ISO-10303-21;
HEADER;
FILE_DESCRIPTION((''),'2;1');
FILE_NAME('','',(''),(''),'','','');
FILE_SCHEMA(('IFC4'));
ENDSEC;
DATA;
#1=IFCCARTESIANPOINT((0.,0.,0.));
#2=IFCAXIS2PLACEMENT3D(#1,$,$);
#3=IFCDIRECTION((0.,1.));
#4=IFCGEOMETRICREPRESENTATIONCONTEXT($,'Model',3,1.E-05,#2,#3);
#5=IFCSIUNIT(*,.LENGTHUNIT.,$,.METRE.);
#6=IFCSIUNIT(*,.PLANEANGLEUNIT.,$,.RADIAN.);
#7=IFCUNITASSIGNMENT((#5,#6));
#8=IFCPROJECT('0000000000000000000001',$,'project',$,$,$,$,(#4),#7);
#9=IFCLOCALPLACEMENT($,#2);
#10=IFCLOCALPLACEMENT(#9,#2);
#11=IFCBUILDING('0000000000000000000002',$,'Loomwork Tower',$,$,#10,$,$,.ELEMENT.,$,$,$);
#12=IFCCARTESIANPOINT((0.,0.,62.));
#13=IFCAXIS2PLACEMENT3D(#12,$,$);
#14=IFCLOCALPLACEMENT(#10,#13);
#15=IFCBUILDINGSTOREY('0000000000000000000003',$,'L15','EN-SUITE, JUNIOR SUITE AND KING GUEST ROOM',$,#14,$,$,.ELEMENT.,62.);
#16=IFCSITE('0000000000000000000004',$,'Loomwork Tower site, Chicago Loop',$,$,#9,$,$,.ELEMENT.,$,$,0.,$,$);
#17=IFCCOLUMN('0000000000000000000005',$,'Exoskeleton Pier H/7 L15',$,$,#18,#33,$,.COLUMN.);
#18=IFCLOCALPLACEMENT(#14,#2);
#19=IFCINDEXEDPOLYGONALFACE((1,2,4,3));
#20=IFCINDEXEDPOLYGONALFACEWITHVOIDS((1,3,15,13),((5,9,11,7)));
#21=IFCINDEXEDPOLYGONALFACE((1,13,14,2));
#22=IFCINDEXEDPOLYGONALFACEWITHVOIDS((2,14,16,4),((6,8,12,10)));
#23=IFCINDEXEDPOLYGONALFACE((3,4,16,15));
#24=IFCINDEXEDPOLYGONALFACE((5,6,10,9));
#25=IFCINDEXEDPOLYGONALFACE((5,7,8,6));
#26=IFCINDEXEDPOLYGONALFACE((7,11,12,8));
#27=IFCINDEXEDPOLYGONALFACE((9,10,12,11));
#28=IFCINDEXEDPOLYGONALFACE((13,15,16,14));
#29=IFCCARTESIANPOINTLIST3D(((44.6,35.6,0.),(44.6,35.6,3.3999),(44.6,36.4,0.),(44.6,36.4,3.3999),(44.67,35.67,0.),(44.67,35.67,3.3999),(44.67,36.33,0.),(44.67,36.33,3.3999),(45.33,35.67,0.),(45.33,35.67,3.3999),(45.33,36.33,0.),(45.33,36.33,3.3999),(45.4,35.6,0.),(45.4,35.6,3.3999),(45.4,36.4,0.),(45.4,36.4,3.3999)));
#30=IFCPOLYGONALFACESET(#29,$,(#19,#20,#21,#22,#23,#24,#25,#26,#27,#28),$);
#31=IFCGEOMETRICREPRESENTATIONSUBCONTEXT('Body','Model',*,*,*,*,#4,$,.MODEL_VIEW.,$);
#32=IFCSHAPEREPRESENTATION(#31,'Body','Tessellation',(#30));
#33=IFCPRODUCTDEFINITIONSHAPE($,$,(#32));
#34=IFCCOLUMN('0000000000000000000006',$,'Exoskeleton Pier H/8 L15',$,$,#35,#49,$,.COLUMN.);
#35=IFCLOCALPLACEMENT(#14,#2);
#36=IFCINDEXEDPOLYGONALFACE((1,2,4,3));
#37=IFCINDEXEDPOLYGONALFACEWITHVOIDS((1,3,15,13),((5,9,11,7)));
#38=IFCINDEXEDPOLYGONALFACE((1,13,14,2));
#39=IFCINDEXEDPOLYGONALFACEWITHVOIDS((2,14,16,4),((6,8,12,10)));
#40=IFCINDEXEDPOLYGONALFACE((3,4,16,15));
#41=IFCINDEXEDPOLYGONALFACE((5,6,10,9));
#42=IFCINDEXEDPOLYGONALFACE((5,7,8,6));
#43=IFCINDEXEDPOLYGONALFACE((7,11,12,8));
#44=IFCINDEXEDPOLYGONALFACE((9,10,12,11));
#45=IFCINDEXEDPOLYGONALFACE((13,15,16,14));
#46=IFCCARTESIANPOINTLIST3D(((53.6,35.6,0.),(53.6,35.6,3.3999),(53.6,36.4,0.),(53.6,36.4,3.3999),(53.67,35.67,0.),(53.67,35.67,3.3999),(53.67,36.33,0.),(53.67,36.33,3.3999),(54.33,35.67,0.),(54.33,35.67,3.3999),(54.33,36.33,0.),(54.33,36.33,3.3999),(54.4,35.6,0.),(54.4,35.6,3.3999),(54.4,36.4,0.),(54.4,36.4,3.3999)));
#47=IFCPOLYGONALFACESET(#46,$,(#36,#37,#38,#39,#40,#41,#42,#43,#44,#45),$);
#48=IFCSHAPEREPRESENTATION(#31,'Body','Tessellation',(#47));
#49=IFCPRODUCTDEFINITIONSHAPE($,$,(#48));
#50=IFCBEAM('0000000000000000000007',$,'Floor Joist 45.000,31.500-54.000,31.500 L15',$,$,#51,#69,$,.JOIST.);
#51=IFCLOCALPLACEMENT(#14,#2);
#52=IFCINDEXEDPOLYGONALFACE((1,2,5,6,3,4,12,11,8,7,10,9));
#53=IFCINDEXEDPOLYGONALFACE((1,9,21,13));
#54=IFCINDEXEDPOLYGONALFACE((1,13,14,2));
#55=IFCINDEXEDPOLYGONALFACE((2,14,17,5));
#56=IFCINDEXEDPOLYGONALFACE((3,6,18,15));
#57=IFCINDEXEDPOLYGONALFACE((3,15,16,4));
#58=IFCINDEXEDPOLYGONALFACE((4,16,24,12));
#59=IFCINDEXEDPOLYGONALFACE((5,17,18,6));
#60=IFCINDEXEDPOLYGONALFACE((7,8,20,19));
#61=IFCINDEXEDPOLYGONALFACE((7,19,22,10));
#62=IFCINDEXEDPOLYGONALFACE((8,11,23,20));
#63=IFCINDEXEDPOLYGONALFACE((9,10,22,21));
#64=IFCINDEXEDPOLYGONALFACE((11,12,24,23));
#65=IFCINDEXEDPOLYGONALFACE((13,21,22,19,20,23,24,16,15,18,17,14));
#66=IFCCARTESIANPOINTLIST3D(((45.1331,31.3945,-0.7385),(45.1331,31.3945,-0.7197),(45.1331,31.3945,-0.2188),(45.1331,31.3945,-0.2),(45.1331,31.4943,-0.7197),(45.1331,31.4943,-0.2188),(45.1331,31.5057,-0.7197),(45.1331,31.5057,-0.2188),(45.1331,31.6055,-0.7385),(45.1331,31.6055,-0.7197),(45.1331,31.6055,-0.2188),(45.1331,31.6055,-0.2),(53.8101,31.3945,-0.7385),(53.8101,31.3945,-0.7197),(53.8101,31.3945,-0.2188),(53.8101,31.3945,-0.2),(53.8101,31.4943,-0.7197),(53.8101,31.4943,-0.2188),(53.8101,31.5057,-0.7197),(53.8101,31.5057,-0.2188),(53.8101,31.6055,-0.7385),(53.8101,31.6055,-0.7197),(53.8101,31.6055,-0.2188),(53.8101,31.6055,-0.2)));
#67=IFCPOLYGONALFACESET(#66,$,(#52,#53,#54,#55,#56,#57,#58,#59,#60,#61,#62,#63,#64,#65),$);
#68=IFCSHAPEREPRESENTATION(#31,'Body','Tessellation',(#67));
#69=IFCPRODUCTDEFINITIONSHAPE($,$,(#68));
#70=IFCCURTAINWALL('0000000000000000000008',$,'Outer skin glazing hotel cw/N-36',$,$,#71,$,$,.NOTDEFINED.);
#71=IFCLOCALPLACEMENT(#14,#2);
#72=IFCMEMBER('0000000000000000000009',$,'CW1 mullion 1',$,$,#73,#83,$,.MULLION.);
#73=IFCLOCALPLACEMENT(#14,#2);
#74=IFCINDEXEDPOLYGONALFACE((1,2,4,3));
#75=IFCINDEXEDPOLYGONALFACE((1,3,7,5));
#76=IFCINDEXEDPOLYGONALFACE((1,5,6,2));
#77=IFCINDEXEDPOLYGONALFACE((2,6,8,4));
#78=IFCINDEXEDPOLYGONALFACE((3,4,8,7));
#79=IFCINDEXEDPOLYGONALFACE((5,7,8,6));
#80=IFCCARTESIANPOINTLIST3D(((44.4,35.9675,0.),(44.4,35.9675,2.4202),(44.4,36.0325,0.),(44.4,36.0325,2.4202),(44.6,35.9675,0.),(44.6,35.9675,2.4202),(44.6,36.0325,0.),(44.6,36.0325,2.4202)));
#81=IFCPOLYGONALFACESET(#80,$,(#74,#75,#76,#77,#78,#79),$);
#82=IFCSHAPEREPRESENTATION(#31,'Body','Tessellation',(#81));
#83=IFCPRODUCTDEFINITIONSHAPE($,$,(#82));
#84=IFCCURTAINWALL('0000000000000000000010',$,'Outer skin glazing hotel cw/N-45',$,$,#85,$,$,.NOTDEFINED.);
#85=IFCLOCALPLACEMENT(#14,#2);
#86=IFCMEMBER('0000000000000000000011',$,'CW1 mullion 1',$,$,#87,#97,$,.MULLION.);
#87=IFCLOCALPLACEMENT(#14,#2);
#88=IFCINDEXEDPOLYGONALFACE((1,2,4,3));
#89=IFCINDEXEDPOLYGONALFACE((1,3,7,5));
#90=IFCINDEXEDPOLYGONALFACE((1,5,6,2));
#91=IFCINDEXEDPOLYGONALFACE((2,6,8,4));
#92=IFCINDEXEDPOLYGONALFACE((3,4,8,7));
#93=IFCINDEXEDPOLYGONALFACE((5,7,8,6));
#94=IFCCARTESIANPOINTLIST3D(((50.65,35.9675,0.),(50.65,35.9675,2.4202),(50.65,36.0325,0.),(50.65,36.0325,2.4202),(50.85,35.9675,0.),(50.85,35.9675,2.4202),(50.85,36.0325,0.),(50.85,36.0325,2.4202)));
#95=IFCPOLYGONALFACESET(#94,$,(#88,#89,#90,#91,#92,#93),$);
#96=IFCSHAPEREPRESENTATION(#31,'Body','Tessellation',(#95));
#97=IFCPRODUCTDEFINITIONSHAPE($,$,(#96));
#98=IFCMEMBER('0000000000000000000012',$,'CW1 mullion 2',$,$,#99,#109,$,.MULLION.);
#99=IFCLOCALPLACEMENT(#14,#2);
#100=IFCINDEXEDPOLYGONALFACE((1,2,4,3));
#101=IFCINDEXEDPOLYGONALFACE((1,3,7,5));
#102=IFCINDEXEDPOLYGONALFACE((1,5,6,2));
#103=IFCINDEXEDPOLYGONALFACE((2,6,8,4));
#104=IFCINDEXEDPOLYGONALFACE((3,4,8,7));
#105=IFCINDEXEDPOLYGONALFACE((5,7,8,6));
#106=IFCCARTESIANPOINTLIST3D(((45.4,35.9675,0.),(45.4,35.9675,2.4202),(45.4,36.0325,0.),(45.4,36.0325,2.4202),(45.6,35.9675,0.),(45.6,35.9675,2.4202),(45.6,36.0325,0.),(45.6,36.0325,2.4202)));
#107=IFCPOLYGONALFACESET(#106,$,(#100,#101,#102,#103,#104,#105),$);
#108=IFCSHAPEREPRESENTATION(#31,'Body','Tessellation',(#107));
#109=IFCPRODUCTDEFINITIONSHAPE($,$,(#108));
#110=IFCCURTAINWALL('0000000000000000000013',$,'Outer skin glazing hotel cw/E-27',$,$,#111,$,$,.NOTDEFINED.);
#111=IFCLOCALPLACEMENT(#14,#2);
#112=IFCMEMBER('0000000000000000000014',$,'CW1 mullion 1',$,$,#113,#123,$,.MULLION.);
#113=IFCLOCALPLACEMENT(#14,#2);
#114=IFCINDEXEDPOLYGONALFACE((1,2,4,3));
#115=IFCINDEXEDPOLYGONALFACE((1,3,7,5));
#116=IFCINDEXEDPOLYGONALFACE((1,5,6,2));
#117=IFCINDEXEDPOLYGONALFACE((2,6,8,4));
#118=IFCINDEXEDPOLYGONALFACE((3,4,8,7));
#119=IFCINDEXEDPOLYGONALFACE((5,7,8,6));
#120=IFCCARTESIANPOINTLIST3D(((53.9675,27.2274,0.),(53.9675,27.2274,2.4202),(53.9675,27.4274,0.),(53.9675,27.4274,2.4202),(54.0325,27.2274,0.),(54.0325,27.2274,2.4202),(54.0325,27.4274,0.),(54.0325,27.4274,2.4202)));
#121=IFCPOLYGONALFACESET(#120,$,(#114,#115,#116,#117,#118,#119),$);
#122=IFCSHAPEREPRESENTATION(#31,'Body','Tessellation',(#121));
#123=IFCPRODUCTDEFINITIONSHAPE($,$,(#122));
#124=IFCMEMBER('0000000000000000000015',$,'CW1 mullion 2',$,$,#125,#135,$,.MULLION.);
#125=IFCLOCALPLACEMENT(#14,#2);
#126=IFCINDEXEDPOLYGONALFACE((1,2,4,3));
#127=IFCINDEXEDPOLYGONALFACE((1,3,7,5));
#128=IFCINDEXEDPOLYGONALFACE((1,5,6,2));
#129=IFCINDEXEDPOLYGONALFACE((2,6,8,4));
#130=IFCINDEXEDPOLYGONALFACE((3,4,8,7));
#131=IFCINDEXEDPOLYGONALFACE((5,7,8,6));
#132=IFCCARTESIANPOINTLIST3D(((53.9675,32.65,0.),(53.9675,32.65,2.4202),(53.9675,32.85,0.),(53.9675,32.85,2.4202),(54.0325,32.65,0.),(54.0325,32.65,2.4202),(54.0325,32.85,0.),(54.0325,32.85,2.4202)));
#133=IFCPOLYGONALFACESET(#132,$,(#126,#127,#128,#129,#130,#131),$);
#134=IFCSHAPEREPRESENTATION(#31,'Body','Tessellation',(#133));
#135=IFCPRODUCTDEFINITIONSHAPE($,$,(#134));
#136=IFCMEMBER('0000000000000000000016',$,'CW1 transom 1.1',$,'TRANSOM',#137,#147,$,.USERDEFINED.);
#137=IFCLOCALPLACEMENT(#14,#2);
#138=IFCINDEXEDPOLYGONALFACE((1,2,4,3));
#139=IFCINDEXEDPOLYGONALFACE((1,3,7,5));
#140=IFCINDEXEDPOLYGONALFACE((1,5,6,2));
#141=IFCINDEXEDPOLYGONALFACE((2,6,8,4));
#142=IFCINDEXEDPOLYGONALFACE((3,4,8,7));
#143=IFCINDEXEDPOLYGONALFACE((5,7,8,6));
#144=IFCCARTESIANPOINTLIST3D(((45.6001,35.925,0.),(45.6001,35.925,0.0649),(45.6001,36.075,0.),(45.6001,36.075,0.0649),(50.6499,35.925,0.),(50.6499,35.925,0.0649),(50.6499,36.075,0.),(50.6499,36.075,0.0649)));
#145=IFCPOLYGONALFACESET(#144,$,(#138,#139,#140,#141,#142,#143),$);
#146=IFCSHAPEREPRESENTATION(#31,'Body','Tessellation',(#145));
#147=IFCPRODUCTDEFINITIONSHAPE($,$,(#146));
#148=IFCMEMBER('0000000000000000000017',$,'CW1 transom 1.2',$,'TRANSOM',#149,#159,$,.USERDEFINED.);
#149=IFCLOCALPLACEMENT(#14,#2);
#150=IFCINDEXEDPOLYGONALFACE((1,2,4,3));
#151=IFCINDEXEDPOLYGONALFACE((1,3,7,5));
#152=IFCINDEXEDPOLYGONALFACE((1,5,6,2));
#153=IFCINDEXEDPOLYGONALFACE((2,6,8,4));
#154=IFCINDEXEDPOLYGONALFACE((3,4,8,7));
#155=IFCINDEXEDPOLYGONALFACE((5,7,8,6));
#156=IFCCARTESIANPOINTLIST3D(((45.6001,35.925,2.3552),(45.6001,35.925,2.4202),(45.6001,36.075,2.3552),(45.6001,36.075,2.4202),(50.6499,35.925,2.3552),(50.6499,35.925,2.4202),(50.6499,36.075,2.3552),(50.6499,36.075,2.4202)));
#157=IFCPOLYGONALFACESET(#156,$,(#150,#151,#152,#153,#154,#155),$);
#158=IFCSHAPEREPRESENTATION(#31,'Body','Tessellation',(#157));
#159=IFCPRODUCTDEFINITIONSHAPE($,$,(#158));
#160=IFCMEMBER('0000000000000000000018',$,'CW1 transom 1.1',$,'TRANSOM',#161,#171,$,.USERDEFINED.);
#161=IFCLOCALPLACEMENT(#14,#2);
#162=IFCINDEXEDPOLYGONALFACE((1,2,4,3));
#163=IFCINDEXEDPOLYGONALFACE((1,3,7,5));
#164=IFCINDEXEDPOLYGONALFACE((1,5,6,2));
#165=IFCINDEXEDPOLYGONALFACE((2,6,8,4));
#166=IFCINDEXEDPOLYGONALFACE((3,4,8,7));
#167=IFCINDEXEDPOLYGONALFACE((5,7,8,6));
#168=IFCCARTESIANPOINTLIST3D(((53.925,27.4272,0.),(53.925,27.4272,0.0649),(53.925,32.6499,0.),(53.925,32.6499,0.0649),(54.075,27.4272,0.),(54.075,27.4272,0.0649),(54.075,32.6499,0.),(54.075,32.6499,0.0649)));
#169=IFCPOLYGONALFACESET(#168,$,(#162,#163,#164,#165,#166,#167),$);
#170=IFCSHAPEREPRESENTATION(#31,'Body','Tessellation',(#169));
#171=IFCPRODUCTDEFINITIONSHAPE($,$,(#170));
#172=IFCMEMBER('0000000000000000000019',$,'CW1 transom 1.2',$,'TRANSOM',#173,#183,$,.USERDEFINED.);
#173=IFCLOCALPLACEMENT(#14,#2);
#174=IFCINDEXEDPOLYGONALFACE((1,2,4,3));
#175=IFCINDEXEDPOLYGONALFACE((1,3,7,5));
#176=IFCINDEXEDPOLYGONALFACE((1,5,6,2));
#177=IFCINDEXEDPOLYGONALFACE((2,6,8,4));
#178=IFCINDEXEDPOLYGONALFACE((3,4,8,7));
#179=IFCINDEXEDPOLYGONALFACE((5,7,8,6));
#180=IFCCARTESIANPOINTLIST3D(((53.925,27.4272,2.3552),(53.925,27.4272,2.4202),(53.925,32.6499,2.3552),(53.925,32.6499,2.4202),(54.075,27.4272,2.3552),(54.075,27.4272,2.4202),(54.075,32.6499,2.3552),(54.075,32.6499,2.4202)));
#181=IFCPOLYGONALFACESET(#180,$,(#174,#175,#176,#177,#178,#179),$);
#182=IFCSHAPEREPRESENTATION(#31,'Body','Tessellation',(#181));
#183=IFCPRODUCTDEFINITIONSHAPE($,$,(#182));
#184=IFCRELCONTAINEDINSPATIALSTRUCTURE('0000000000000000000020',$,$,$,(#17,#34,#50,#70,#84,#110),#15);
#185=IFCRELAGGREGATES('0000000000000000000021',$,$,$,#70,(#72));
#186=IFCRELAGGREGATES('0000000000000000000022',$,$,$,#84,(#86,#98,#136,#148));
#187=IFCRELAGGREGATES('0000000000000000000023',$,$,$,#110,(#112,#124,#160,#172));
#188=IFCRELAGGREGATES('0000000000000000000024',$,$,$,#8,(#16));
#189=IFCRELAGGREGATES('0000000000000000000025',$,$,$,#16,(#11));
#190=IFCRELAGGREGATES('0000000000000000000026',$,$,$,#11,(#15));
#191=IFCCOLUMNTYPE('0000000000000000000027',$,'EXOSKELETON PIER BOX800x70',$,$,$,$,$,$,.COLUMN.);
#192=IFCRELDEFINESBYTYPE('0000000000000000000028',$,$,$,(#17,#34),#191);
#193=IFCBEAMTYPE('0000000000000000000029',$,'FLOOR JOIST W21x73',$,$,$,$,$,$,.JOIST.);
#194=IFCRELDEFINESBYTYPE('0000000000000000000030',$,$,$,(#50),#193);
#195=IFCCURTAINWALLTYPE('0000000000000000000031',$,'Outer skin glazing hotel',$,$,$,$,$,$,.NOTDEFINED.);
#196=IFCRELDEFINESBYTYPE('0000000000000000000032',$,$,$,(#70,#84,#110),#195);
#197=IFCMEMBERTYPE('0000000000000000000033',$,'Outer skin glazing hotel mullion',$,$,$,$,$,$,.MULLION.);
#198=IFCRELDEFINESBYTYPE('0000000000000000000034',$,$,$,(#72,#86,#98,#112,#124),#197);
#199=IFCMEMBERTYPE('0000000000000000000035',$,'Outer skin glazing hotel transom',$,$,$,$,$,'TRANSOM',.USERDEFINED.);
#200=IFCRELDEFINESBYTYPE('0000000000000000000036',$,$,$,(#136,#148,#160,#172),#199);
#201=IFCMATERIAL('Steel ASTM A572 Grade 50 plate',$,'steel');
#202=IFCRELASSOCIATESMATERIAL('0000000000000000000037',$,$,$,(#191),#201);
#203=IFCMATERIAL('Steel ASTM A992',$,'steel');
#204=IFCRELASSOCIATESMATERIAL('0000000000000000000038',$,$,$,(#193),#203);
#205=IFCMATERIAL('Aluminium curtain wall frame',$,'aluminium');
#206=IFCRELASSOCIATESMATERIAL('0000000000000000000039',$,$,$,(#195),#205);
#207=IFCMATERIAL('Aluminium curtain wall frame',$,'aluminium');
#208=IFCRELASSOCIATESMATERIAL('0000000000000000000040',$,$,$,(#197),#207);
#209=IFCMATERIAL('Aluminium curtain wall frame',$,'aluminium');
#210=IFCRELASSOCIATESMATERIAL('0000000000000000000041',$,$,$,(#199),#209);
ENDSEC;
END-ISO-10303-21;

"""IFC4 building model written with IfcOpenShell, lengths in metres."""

from ifc_helpers import new_model, si_unit, direction, frame, origin, origin_2d, place, context, subcontext, project, spatial, rectangle, hollow_rectangle, i_section, extrude, material, material_profile, profile_set, type_object, element, aggregate, save


model = new_model("IFC4")

# Units and contexts
model_context = context("Model", 3, precision=1e-05, world=origin(), true_north=direction((0.0, 1.0)))
body_context = subcontext(model_context, "Body", "Model", "MODEL_VIEW")
ifc_project = project(units=[si_unit("LENGTHUNIT", "METRE"), si_unit("PLANEANGLEUNIT", "RADIAN")], contexts=[model_context])

# Site, building, storey
site_placement = place(None, origin())
site = spatial("IfcSite", under=ifc_project, at=site_placement, Name="Loomwork Tower site, Chicago Loop", CompositionType="ELEMENT", RefElevation=0.0)
building_placement = place(site_placement, origin())
building = spatial("IfcBuilding", under=site, at=building_placement, Name="Loomwork Tower", CompositionType="ELEMENT")
storey_placement = place(building_placement, frame((0.0, 0.0, 62.0)))
storey = spatial("IfcBuildingStorey", under=building, at=storey_placement, Name="L15", Description="EN-SUITE, JUNIOR SUITE AND KING GUEST ROOM", CompositionType="ELEMENT", Elevation=62.0)

# Columns
ifc_material_1 = material(Name="Steel ASTM A572 Grade 50 plate", Category="steel")
ifc_material_profile_1 = material_profile(ifc_material_1, hollow_rectangle(XDim=0.8, YDim=0.8, WallThickness=0.0701, at=origin_2d()), Name="BOX800x70")
ifc_profile_set_1 = profile_set([ifc_material_profile_1], Name="Steel ASTM A572 Grade 50 plate")
column_type = type_object("IfcColumnType", Name="EXOSKELETON PIER BOX800x70", PredefinedType="COLUMN", material=ifc_profile_set_1)
for number, where, z_axis, x_axis, name in (
    (1, (45.0, 36.0, 0.0), (0.0, 0.0, 1.0), (1.0, 0.0, 0.0), "Exoskeleton Pier H/7 L15"),
    (2, (54.0, 36.0, 0.0), (0.0, 0.0, 1.0), (1.0, 0.0, 0.0), "Exoskeleton Pier H/8 L15"),
):
    element("IfcColumn", number, at=place(storey_placement, frame(where, z_axis=z_axis, x_axis=x_axis)), inside=storey, type_object=column_type, Name=name, PredefinedType="COLUMN", context=body_context, shape_type="SweptSolid", body=[
        extrude(hollow_rectangle(XDim=0.8, YDim=0.8, WallThickness=0.0701, at=origin_2d()), origin(), (0.0, 0.0, 1.0), 3.3999),
    ])

# Beam
ifc_material_2 = material(Name="Steel ASTM A992", Category="steel")
ifc_material_profile_2 = material_profile(ifc_material_2, i_section(OverallWidth=0.2109, OverallDepth=0.5386, WebThickness=0.0115, FlangeThickness=0.0188, at=origin_2d()), Name="W21x73")
ifc_profile_set_2 = profile_set([ifc_material_profile_2], Name="Steel ASTM A992")
beam_type_1 = type_object("IfcBeamType", Name="FLOOR JOIST W21x73", PredefinedType="JOIST", material=ifc_profile_set_2)
beam_1_placement = place(storey_placement, frame((45.1331, 31.5, -0.4692), z_axis=(1.0, 0.0, 0.0), x_axis=(0.0, 1.0, 0.0)))
element("IfcBeam", 3, at=beam_1_placement, inside=storey, type_object=beam_type_1, Name="Floor Joist 45.000,31.500-54.000,31.500 L15", PredefinedType="JOIST", context=body_context, shape_type="SweptSolid", body=[
    extrude(i_section(OverallWidth=0.2109, OverallDepth=0.5386, WebThickness=0.0115, FlangeThickness=0.0188, at=origin_2d()), origin(), (0.0, 0.0, 1.0), 8.677),
])

# Curtain wall, member
ifc_material_3 = material(Name="Aluminium curtain wall frame", Category="aluminium")
curtain_wall_type = type_object("IfcCurtainWallType", Name="Outer skin glazing hotel", PredefinedType="NOTDEFINED", material=ifc_material_3)
curtain_wall_1_placement = place(storey_placement, origin())
curtain_wall_1 = element("IfcCurtainWall", 4, at=curtain_wall_1_placement, inside=storey, type_object=curtain_wall_type, Name="Outer skin glazing hotel cw/N-36", PredefinedType="NOTDEFINED")
ifc_material_4 = material(Name="Aluminium curtain wall frame", Category="aluminium")
ifc_material_profile_3 = material_profile(ifc_material_4, rectangle(XDim=0.0649, YDim=0.2, at=origin_2d()), Name="AL 65x200")
ifc_profile_set_3 = profile_set([ifc_material_profile_3], Name="Aluminium curtain wall frame")
member_type_1 = type_object("IfcMemberType", Name="Outer skin glazing hotel mullion", PredefinedType="MULLION", material=ifc_profile_set_3)
member_1_placement = place(storey_placement, frame((44.5, 36.0, 0.0), z_axis=(0.0, 0.0, 1.0), x_axis=(0.0, -1.0, 0.0)))
member_1 = element("IfcMember", 5, at=member_1_placement, type_object=member_type_1, Name="CW1 mullion 1", PredefinedType="MULLION", context=body_context, shape_type="SweptSolid", body=[
    extrude(rectangle(XDim=0.0649, YDim=0.2, at=origin_2d()), origin(), (0.0, 0.0, 1.0), 2.4202),
])
aggregate(curtain_wall_1, [member_1])

# Curtain walls, members
curtain_wall_2_placement = place(storey_placement, origin())
curtain_wall_2 = element("IfcCurtainWall", 6, at=curtain_wall_2_placement, inside=storey, type_object=curtain_wall_type, Name="Outer skin glazing hotel cw/N-45", PredefinedType="NOTDEFINED")
member_2_placement = place(storey_placement, frame((50.75, 36.0, 0.0), z_axis=(0.0, 0.0, 1.0), x_axis=(0.0, -1.0, 0.0)))
member_2 = element("IfcMember", 7, at=member_2_placement, type_object=member_type_1, Name="CW1 mullion 1", PredefinedType="MULLION", context=body_context, shape_type="SweptSolid", body=[
    extrude(rectangle(XDim=0.0649, YDim=0.2, at=origin_2d()), origin(), (0.0, 0.0, 1.0), 2.4202),
])
member_3_placement = place(storey_placement, frame((45.5, 36.0, 0.0), z_axis=(0.0, 0.0, 1.0), x_axis=(0.0, -1.0, 0.0)))
member_3 = element("IfcMember", 8, at=member_3_placement, type_object=member_type_1, Name="CW1 mullion 2", PredefinedType="MULLION", context=body_context, shape_type="SweptSolid", body=[
    extrude(rectangle(XDim=0.0649, YDim=0.2, at=origin_2d()), origin(), (0.0, 0.0, 1.0), 2.4202),
])
curtain_wall_3_placement = place(storey_placement, origin())
curtain_wall_3 = element("IfcCurtainWall", 9, at=curtain_wall_3_placement, inside=storey, type_object=curtain_wall_type, Name="Outer skin glazing hotel cw/E-27", PredefinedType="NOTDEFINED")
member_4_placement = place(storey_placement, frame((54.0, 27.3274, 0.0), z_axis=(0.0, 0.0, 1.0), x_axis=(-1.0, 0.0, 0.0)))
member_4 = element("IfcMember", 10, at=member_4_placement, type_object=member_type_1, Name="CW1 mullion 1", PredefinedType="MULLION", context=body_context, shape_type="SweptSolid", body=[
    extrude(rectangle(XDim=0.0649, YDim=0.2, at=origin_2d()), origin(), (0.0, 0.0, 1.0), 2.4202),
])
member_5_placement = place(storey_placement, frame((54.0, 32.75, 0.0), z_axis=(0.0, 0.0, 1.0), x_axis=(-1.0, 0.0, 0.0)))
member_5 = element("IfcMember", 11, at=member_5_placement, type_object=member_type_1, Name="CW1 mullion 2", PredefinedType="MULLION", context=body_context, shape_type="SweptSolid", body=[
    extrude(rectangle(XDim=0.0649, YDim=0.2, at=origin_2d()), origin(), (0.0, 0.0, 1.0), 2.4202),
])

# Members
ifc_material_5 = material(Name="Aluminium curtain wall frame", Category="aluminium")
ifc_material_profile_4 = material_profile(ifc_material_5, rectangle(XDim=0.1499, YDim=0.0649, at=origin_2d()), Name="AL 65x150")
ifc_profile_set_4 = profile_set([ifc_material_profile_4], Name="Aluminium curtain wall frame")
member_type_2 = type_object("IfcMemberType", Name="Outer skin glazing hotel transom", ElementType="TRANSOM", PredefinedType="USERDEFINED", material=ifc_profile_set_4)
member_6_placement = place(storey_placement, frame((50.6499, 36.0, 0.0325), z_axis=(-1.0, 0.0, 0.0), x_axis=(0.0, -1.0, 0.0)))
member_6 = element("IfcMember", 12, at=member_6_placement, type_object=member_type_2, Name="CW1 transom 1.1", ObjectType="TRANSOM", PredefinedType="USERDEFINED", context=body_context, shape_type="SweptSolid", body=[
    extrude(rectangle(XDim=0.1499, YDim=0.0649, at=origin_2d()), origin(), (0.0, 0.0, 1.0), 5.0498),
])
member_7_placement = place(storey_placement, frame((50.6499, 36.0, 2.3877), z_axis=(-1.0, 0.0, 0.0), x_axis=(0.0, -1.0, 0.0)))
member_7 = element("IfcMember", 13, at=member_7_placement, type_object=member_type_2, Name="CW1 transom 1.2", ObjectType="TRANSOM", PredefinedType="USERDEFINED", context=body_context, shape_type="SweptSolid", body=[
    extrude(rectangle(XDim=0.1499, YDim=0.0649, at=origin_2d()), origin(), (0.0, 0.0, 1.0), 5.0498),
])
member_8_placement = place(storey_placement, frame((54.0, 27.4272, 0.0325), z_axis=(0.0, 1.0, 0.0), x_axis=(-1.0, 0.0, 0.0)))
member_8 = element("IfcMember", 14, at=member_8_placement, type_object=member_type_2, Name="CW1 transom 1.1", ObjectType="TRANSOM", PredefinedType="USERDEFINED", context=body_context, shape_type="SweptSolid", body=[
    extrude(rectangle(XDim=0.1499, YDim=0.0649, at=origin_2d()), origin(), (0.0, 0.0, 1.0), 5.2227),
])
member_9_placement = place(storey_placement, frame((54.0, 27.4272, 2.3877), z_axis=(0.0, 1.0, 0.0), x_axis=(-1.0, 0.0, 0.0)))
member_9 = element("IfcMember", 15, at=member_9_placement, type_object=member_type_2, Name="CW1 transom 1.2", ObjectType="TRANSOM", PredefinedType="USERDEFINED", context=body_context, shape_type="SweptSolid", body=[
    extrude(rectangle(XDim=0.1499, YDim=0.0649, at=origin_2d()), origin(), (0.0, 0.0, 1.0), 5.2227),
])

aggregate(curtain_wall_2, [member_2, member_3, member_6, member_7])
aggregate(curtain_wall_3, [member_4, member_5, member_8, member_9])

save(model, "model.ifc")
